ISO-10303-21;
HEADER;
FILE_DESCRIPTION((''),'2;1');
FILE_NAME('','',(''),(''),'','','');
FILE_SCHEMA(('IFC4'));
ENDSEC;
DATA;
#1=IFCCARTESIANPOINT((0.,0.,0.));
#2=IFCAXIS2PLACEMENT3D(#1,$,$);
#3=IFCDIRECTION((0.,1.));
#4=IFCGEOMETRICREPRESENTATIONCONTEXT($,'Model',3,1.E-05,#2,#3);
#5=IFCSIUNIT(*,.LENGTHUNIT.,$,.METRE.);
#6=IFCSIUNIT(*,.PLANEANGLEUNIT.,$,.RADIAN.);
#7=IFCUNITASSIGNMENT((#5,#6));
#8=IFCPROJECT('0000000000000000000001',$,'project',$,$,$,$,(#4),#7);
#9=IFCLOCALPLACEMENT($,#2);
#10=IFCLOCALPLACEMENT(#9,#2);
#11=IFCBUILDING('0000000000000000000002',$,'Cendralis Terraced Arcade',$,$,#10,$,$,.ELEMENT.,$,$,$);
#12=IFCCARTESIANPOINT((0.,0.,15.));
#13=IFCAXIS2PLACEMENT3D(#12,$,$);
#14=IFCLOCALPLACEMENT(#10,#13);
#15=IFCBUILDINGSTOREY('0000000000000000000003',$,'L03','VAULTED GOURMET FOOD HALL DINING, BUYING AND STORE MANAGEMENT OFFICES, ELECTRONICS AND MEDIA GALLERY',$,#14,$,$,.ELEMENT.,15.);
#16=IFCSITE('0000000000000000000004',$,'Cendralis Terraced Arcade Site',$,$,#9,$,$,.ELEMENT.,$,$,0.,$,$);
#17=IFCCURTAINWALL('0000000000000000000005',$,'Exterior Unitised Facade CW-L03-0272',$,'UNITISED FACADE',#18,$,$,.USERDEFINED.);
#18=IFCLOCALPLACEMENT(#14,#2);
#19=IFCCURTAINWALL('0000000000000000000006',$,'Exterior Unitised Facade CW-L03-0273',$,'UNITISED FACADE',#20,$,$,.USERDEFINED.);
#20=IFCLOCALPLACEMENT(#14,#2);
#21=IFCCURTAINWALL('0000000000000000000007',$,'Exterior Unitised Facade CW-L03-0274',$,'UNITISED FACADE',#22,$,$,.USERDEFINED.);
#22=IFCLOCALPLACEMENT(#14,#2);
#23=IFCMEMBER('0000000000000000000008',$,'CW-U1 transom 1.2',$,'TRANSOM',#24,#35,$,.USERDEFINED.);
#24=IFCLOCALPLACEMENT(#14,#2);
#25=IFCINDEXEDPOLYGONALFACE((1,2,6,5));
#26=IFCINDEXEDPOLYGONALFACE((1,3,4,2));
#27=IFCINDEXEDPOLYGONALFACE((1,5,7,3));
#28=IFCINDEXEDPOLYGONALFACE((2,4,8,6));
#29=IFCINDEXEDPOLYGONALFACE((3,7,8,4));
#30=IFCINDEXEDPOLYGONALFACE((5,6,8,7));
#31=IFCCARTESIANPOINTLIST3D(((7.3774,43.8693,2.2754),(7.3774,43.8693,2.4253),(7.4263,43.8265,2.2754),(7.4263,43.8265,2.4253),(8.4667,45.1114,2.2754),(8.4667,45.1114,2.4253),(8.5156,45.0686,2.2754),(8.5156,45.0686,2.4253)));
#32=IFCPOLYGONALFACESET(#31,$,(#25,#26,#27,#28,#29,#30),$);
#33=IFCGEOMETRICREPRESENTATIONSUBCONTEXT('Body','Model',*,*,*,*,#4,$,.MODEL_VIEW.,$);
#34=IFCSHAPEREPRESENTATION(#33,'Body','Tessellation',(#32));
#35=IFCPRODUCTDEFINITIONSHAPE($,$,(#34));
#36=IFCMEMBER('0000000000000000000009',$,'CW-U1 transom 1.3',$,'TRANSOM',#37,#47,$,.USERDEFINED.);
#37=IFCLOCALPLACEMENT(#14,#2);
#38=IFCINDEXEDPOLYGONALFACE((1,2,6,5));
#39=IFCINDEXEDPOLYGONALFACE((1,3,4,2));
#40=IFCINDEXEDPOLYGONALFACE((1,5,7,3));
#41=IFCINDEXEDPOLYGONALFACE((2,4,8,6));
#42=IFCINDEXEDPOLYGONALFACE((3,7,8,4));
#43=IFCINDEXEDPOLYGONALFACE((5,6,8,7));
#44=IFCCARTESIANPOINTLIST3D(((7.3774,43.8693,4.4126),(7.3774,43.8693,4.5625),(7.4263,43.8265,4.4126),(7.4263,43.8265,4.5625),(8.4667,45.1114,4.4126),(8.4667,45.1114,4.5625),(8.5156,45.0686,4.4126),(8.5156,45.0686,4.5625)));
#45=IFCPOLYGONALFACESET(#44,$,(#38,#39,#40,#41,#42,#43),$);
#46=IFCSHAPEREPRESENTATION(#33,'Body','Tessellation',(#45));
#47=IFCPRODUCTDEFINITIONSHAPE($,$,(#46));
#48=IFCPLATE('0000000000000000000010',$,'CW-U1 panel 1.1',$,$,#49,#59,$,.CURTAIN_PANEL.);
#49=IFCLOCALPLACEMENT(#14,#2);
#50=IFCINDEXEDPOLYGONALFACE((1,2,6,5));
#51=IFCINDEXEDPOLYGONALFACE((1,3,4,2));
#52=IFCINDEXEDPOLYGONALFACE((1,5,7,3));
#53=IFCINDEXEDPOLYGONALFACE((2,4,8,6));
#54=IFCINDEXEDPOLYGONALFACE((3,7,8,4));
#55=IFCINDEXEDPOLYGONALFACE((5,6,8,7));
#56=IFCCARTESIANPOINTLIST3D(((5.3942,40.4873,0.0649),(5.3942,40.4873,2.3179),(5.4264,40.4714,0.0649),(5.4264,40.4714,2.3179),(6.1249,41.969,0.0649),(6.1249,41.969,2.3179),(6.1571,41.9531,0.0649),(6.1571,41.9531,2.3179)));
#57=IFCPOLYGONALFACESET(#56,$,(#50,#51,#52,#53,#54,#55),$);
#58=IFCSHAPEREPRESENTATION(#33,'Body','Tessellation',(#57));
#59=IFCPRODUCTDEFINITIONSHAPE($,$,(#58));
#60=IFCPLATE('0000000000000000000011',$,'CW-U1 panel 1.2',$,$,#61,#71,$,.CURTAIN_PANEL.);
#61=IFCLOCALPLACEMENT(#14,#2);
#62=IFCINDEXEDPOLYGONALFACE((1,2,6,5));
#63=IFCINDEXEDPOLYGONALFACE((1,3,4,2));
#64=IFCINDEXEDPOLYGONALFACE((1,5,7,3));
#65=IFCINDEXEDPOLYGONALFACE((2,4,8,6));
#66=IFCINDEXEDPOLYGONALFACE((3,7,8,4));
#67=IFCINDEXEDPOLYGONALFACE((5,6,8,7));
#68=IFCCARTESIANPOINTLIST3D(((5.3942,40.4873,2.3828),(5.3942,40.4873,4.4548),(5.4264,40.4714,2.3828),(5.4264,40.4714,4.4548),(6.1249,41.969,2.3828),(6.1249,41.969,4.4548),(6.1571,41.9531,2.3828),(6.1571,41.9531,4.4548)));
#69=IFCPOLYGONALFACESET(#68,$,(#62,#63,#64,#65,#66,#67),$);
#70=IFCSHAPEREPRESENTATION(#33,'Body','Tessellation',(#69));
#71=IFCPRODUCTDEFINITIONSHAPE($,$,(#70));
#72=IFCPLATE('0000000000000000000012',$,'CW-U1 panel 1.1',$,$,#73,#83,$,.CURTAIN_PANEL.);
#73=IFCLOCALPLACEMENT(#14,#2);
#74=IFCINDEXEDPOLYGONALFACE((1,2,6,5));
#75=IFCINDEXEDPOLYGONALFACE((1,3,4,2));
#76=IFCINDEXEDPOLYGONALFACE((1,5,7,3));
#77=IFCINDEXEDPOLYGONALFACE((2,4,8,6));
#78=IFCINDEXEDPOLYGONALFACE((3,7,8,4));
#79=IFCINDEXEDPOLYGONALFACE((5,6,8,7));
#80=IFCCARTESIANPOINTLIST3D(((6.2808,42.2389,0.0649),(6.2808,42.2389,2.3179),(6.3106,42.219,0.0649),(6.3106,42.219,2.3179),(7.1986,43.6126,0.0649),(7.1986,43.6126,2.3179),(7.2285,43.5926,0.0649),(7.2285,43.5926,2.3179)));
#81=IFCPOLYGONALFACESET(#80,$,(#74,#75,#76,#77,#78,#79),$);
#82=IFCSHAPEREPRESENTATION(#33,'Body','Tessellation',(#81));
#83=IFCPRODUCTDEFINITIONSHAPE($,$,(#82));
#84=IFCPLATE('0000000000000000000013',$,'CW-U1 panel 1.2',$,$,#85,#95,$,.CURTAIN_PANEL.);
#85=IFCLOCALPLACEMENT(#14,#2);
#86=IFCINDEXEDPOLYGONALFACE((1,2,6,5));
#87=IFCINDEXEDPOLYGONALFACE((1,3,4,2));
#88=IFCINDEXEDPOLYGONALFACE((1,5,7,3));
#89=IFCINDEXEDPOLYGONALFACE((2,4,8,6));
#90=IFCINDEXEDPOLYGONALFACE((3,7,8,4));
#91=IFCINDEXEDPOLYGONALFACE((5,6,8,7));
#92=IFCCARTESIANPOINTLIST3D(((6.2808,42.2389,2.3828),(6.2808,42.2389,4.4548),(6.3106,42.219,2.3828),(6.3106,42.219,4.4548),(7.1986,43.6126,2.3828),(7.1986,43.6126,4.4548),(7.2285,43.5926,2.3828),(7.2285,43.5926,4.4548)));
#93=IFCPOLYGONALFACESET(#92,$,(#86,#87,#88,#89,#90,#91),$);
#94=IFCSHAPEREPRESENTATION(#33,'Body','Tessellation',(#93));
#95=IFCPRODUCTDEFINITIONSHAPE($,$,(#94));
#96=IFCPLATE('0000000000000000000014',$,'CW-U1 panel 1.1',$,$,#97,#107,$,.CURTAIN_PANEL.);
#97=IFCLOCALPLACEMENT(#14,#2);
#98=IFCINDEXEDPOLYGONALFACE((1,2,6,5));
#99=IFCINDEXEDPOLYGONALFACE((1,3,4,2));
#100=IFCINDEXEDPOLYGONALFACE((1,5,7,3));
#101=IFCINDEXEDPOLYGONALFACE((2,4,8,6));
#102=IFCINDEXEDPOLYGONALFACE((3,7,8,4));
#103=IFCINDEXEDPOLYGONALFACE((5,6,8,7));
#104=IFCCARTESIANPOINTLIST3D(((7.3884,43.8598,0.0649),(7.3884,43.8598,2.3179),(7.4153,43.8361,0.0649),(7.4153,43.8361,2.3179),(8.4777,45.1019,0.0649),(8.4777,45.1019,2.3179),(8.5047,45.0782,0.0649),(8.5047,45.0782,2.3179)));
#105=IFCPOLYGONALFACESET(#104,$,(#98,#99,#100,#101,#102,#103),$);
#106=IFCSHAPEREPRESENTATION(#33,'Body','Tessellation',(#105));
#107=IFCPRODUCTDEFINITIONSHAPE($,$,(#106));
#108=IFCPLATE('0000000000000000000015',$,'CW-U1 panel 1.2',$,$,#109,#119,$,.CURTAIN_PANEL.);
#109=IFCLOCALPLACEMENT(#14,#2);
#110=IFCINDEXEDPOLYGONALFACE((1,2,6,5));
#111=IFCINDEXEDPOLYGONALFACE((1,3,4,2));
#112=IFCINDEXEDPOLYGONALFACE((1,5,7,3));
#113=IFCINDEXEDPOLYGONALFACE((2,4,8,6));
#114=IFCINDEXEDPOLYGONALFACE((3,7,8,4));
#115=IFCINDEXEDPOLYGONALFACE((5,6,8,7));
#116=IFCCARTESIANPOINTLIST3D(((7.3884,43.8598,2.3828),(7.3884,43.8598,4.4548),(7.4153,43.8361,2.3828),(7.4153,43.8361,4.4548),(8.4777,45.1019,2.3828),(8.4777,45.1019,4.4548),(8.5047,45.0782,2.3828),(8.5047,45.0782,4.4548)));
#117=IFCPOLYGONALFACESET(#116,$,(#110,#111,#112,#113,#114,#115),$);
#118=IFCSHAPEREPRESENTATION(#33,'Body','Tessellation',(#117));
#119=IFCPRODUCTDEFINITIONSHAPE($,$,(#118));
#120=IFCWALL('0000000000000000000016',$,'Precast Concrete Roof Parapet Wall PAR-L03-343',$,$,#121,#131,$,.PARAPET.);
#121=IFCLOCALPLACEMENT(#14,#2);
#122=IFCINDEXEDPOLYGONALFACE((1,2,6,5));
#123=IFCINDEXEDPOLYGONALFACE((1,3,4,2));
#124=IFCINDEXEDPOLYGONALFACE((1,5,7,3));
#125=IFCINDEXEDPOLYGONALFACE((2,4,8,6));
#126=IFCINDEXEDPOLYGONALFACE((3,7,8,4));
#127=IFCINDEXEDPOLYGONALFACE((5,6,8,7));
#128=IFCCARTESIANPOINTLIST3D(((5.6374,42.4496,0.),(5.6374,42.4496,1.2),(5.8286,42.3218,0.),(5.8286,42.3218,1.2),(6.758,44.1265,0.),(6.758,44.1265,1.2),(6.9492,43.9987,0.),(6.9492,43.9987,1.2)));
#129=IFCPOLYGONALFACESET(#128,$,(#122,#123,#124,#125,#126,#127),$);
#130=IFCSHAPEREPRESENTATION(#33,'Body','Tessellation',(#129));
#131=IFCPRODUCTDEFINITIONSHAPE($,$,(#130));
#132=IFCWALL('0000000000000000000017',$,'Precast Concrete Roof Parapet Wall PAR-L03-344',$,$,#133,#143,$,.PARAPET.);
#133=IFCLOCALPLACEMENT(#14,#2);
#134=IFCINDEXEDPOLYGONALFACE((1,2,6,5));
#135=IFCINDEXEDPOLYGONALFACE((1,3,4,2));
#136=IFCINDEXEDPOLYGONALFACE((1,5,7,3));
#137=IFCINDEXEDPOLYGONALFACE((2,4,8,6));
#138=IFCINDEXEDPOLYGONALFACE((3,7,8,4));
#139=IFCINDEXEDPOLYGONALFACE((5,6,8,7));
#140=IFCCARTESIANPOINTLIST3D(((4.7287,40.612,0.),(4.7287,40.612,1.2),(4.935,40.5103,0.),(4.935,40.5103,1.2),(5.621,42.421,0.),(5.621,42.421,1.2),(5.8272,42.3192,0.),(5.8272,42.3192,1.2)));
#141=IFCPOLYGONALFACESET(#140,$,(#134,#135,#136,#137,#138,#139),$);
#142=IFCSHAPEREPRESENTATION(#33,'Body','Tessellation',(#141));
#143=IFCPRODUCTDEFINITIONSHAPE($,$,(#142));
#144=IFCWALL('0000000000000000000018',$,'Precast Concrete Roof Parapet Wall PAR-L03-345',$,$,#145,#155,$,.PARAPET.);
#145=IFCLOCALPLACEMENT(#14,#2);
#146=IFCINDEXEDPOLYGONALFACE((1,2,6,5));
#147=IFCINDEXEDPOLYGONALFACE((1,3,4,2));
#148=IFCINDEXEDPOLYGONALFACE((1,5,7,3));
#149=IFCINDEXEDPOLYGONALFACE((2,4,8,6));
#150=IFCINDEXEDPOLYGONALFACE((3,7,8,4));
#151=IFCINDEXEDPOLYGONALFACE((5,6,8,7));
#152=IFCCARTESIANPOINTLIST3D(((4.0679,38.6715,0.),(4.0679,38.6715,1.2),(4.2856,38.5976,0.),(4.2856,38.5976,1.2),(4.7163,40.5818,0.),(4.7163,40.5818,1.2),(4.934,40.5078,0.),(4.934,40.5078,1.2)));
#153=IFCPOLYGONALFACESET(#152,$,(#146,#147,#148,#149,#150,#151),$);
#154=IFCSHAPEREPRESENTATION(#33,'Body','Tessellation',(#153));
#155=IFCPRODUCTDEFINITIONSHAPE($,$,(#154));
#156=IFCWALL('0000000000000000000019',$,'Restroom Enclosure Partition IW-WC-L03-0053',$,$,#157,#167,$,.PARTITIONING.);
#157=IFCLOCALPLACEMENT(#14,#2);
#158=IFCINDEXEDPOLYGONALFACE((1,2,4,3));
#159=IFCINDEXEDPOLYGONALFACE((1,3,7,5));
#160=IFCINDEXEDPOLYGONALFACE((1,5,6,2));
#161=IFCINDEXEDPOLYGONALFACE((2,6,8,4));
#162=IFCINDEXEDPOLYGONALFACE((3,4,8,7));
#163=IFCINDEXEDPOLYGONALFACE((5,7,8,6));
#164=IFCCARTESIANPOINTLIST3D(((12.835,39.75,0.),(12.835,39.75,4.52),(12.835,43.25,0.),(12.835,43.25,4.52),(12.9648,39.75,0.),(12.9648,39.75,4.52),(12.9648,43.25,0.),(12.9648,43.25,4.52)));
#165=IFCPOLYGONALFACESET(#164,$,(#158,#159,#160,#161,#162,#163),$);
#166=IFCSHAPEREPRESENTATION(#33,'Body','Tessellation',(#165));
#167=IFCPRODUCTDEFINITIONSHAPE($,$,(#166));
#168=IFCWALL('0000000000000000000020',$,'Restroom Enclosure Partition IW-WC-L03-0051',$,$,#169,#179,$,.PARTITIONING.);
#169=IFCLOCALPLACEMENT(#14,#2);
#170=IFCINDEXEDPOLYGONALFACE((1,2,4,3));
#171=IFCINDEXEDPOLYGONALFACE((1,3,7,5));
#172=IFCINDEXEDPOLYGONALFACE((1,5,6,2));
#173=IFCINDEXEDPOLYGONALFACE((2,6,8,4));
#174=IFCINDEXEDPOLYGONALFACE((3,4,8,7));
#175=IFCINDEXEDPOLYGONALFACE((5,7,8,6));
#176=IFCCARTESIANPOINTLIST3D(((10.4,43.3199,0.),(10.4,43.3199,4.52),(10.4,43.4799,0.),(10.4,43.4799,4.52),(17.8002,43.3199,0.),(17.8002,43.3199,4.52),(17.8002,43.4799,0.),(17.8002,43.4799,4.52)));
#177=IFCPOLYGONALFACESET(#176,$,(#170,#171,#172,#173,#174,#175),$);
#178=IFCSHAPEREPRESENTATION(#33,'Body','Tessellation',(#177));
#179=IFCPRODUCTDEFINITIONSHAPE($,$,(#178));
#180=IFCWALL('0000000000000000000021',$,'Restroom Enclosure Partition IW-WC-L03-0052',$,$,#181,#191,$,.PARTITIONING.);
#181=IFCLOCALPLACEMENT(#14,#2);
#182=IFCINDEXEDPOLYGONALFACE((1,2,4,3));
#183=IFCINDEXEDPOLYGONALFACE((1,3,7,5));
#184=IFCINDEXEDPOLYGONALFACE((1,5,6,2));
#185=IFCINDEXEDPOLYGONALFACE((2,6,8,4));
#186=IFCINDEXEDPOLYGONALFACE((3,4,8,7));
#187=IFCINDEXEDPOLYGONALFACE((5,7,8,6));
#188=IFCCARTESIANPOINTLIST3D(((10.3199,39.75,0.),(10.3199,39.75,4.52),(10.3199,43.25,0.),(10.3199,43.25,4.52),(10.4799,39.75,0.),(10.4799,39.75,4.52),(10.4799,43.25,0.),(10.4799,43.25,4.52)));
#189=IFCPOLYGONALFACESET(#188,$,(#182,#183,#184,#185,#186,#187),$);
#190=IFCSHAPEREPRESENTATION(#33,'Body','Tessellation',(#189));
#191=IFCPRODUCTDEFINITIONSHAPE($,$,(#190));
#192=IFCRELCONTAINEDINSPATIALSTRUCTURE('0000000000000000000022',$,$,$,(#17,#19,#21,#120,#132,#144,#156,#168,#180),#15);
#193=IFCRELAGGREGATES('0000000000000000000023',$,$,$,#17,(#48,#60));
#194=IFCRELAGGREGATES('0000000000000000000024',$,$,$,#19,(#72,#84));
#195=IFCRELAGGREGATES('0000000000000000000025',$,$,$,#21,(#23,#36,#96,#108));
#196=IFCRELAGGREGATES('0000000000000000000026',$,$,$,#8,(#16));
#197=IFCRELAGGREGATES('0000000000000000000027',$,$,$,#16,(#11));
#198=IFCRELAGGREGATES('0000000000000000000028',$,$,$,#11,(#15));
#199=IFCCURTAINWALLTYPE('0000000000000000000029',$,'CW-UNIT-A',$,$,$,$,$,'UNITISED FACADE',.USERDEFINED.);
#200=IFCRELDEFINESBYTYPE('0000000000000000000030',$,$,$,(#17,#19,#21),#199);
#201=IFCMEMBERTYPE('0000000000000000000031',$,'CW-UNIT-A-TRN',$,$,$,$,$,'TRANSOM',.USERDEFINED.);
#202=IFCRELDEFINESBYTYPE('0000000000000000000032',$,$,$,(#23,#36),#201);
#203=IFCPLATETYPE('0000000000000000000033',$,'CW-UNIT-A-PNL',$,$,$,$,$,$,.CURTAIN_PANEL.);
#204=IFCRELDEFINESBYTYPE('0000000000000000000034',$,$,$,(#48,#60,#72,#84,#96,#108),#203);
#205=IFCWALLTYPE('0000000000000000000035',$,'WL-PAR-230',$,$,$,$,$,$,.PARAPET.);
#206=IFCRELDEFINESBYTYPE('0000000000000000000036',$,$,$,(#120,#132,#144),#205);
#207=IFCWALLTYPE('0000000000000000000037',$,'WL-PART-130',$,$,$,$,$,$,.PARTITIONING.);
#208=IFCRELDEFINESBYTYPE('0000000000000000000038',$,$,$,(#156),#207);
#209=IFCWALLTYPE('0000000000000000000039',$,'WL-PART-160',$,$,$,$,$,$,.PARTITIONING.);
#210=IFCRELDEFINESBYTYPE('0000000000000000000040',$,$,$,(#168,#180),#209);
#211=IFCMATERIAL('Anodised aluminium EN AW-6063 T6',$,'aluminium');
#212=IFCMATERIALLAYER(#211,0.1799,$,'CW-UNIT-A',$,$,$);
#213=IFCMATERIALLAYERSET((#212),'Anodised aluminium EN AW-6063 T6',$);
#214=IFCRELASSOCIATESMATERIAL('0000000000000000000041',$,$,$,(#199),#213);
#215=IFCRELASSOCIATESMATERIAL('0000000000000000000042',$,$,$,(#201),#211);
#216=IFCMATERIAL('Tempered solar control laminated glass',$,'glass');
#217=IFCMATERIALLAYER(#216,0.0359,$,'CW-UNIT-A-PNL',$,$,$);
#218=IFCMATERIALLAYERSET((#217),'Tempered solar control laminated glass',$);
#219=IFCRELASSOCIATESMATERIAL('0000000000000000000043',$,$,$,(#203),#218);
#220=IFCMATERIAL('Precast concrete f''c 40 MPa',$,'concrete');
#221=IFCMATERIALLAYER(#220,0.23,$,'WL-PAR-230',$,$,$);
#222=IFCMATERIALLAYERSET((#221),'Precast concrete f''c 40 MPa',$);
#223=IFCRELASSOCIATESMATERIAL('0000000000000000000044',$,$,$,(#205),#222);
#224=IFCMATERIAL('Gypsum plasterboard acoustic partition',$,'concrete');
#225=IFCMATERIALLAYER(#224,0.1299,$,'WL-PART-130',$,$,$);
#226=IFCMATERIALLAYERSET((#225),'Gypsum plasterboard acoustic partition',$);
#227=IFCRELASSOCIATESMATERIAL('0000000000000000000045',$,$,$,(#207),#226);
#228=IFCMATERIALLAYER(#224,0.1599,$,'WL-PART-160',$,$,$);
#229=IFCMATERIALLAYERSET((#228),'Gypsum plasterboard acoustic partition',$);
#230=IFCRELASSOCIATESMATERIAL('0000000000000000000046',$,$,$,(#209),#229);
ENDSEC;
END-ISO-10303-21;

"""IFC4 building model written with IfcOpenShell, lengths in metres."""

from ifc_helpers import new_model, si_unit, direction, frame, frame_2d, origin, origin_2d, place, context, subcontext, project, spatial, rectangle, extrude, material, layer, layer_set, material_profile, profile_set, type_object, element, aggregate, save


model = new_model("IFC4")

# Units and contexts
model_context = context("Model", 3, precision=1e-05, world=origin(), true_north=direction((0.0, 1.0)))
body_context = subcontext(model_context, "Body", "Model", "MODEL_VIEW")
ifc_project = project(units=[si_unit("LENGTHUNIT", "METRE"), si_unit("PLANEANGLEUNIT", "RADIAN")], contexts=[model_context])

# Site, building, storey
site_placement = place(None, origin())
site = spatial("IfcSite", under=ifc_project, at=site_placement, Name="Cendralis Terraced Arcade Site", CompositionType="ELEMENT", RefElevation=0.0)
building_placement = place(site_placement, origin())
building = spatial("IfcBuilding", under=site, at=building_placement, Name="Cendralis Terraced Arcade", CompositionType="ELEMENT")
storey_placement = place(building_placement, frame((0.0, 0.0, 15.0)))
storey = spatial("IfcBuildingStorey", under=building, at=storey_placement, Name="L03", Description="VAULTED GOURMET FOOD HALL DINING, BUYING AND STORE MANAGEMENT OFFICES, ELECTRONICS AND MEDIA GALLERY", CompositionType="ELEMENT", Elevation=15.0)

# Shared definitions
ifc_material_1 = material(Name="Anodised aluminium EN AW-6063 T6", Category="aluminium")
ifc_layer_1 = layer(ifc_material_1, 0.1799, Name="CW-UNIT-A")
ifc_layer_set_1 = layer_set([ifc_layer_1], Name="Anodised aluminium EN AW-6063 T6")
curtain_wall_type = type_object("IfcCurtainWallType", Name="CW-UNIT-A", ElementType="UNITISED FACADE", PredefinedType="USERDEFINED", material=ifc_layer_set_1)

# Curtain walls
curtain_wall_1_placement = place(storey_placement, origin())
curtain_wall_1 = element("IfcCurtainWall", 1, at=curtain_wall_1_placement, inside=storey, type_object=curtain_wall_type, Name="Exterior Unitised Facade CW-L03-0272", ObjectType="UNITISED FACADE", PredefinedType="USERDEFINED")
curtain_wall_2_placement = place(storey_placement, origin())
curtain_wall_2 = element("IfcCurtainWall", 2, at=curtain_wall_2_placement, inside=storey, type_object=curtain_wall_type, Name="Exterior Unitised Facade CW-L03-0273", ObjectType="UNITISED FACADE", PredefinedType="USERDEFINED")
curtain_wall_3_placement = place(storey_placement, origin())
curtain_wall_3 = element("IfcCurtainWall", 3, at=curtain_wall_3_placement, inside=storey, type_object=curtain_wall_type, Name="Exterior Unitised Facade CW-L03-0274", ObjectType="UNITISED FACADE", PredefinedType="USERDEFINED")

# Members
ifc_material_profile_1 = material_profile(ifc_material_1, rectangle(XDim=0.0649, YDim=0.1499, at=origin_2d()), Name="ALU-TRN-65x150")
ifc_profile_set_1 = profile_set([ifc_material_profile_1], Name="Anodised aluminium EN AW-6063 T6")
member_type_1 = type_object("IfcMemberType", Name="CW-UNIT-A-TRN", ElementType="TRANSOM", PredefinedType="USERDEFINED", material=ifc_profile_set_1)
member_1_placement = place(storey_placement, frame((7.4019, 43.8479, 2.3503), z_axis=(0.659341, 0.751844, 0.0), x_axis=(-0.751844, 0.659341, 0.0)))
member_1 = element("IfcMember", 4, at=member_1_placement, type_object=member_type_1, Name="CW-U1 transom 1.2", ObjectType="TRANSOM", PredefinedType="USERDEFINED", context=body_context, shape_type="SweptSolid", body=[
    extrude(rectangle(XDim=0.0649, YDim=0.1499, at=origin_2d()), origin(), (0.0, 0.0, 1.0), 1.6521),
])
member_2_placement = place(storey_placement, frame((7.4019, 43.8479, 4.4875), z_axis=(0.659341, 0.751844, 0.0), x_axis=(-0.751844, 0.659341, 0.0)))
member_2 = element("IfcMember", 5, at=member_2_placement, type_object=member_type_1, Name="CW-U1 transom 1.3", ObjectType="TRANSOM", PredefinedType="USERDEFINED", context=body_context, shape_type="SweptSolid", body=[
    extrude(rectangle(XDim=0.0649, YDim=0.1499, at=origin_2d()), origin(), (0.0, 0.0, 1.0), 1.6521),
])

# Plates
ifc_material_2 = material(Name="Tempered solar control laminated glass", Category="glass")
ifc_layer_2 = layer(ifc_material_2, 0.0359, Name="CW-UNIT-A-PNL")
ifc_layer_set_2 = layer_set([ifc_layer_2], Name="Tempered solar control laminated glass")
plate_type = type_object("IfcPlateType", Name="CW-UNIT-A-PNL", PredefinedType="CURTAIN_PANEL", material=ifc_layer_set_2)
plate_1_placement = place(storey_placement, frame((5.7756, 41.2202, 0.0649), z_axis=(0.0, 0.0, 1.0), x_axis=(0.442291, 0.896871, 0.0)))
plate_1 = element("IfcPlate", 6, at=plate_1_placement, type_object=plate_type, Name="CW-U1 panel 1.1", PredefinedType="CURTAIN_PANEL", context=body_context, shape_type="SweptSolid", body=[
    extrude(rectangle(XDim=1.6521, YDim=0.0359, at=origin_2d()), origin(), (0.0, 0.0, 1.0), 2.2529),
])
plate_2_placement = place(storey_placement, frame((5.7756, 41.2202, 2.3828), z_axis=(0.0, 0.0, 1.0), x_axis=(0.442291, 0.896871, 0.0)))
plate_2 = element("IfcPlate", 7, at=plate_2_placement, type_object=plate_type, Name="CW-U1 panel 1.2", PredefinedType="CURTAIN_PANEL", context=body_context, shape_type="SweptSolid", body=[
    extrude(rectangle(XDim=1.6521, YDim=0.0359, at=origin_2d()), origin(), (0.0, 0.0, 1.0), 2.072),
])
aggregate(curtain_wall_1, [plate_1, plate_2])
plate_3_placement = place(storey_placement, frame((6.7546, 42.9158, 0.0649), z_axis=(0.0, 0.0, 1.0), x_axis=(0.555567, 0.831471, 0.0)))
plate_3 = element("IfcPlate", 8, at=plate_3_placement, type_object=plate_type, Name="CW-U1 panel 1.1", PredefinedType="CURTAIN_PANEL", context=body_context, shape_type="SweptSolid", body=[
    extrude(rectangle(XDim=1.6521, YDim=0.0359, at=origin_2d()), origin(), (0.0, 0.0, 1.0), 2.2529),
])
plate_4_placement = place(storey_placement, frame((6.7546, 42.9158, 2.3828), z_axis=(0.0, 0.0, 1.0), x_axis=(0.555567, 0.831471, 0.0)))
plate_4 = element("IfcPlate", 9, at=plate_4_placement, type_object=plate_type, Name="CW-U1 panel 1.2", PredefinedType="CURTAIN_PANEL", context=body_context, shape_type="SweptSolid", body=[
    extrude(rectangle(XDim=1.6521, YDim=0.0359, at=origin_2d()), origin(), (0.0, 0.0, 1.0), 2.072),
])
aggregate(curtain_wall_2, [plate_3, plate_4])
plate_5_placement = place(storey_placement, frame((7.9465, 44.469, 0.0649), z_axis=(0.0, 0.0, 1.0), x_axis=(0.659386, 0.751804, 0.0)))
plate_5 = element("IfcPlate", 10, at=plate_5_placement, type_object=plate_type, Name="CW-U1 panel 1.1", PredefinedType="CURTAIN_PANEL", context=body_context, shape_type="SweptSolid", body=[
    extrude(rectangle(XDim=1.6521, YDim=0.0359, at=origin_2d()), origin(), (0.0, 0.0, 1.0), 2.2529),
])
plate_6_placement = place(storey_placement, frame((7.9465, 44.469, 2.3828), z_axis=(0.0, 0.0, 1.0), x_axis=(0.659386, 0.751804, 0.0)))
plate_6 = element("IfcPlate", 11, at=plate_6_placement, type_object=plate_type, Name="CW-U1 panel 1.2", PredefinedType="CURTAIN_PANEL", context=body_context, shape_type="SweptSolid", body=[
    extrude(rectangle(XDim=1.6521, YDim=0.0359, at=origin_2d()), origin(), (0.0, 0.0, 1.0), 2.072),
])
aggregate(curtain_wall_3, [member_1, member_2, plate_5, plate_6])

# Walls
ifc_material_3 = material(Name="Precast concrete f'c 40 MPa", Category="concrete")
ifc_layer_3 = layer(ifc_material_3, 0.23, Name="WL-PAR-230")
ifc_layer_set_3 = layer_set([ifc_layer_3], Name="Precast concrete f'c 40 MPa")
wall_type_1 = type_object("IfcWallType", Name="WL-PAR-230", PredefinedType="PARAPET", material=ifc_layer_set_3)
wall_1_placement = place(storey_placement, frame((6.8535, 44.0625, 0.0), z_axis=(0.0, 0.0, 1.0), x_axis=(-0.555594, -0.831454, 0.0)))
element("IfcWall", 12, at=wall_1_placement, inside=storey, type_object=wall_type_1, Name="Precast Concrete Roof Parapet Wall PAR-L03-343", PredefinedType="PARAPET", context=body_context, shape_type="SweptSolid", body=[
    extrude(rectangle(XDim=2.0168, YDim=0.23, at=frame_2d((1.0083, 0.0))), origin(), (0.0, 0.0, 1.0), 1.2),
])
wall_2_placement = place(storey_placement, frame((5.7241, 42.3701, 0.0), z_axis=(0.0, 0.0, 1.0), x_axis=(-0.442366, -0.896835, 0.0)))
element("IfcWall", 13, at=wall_2_placement, inside=storey, type_object=wall_type_1, Name="Precast Concrete Roof Parapet Wall PAR-L03-344", PredefinedType="PARAPET", context=body_context, shape_type="SweptSolid", body=[
    extrude(rectangle(XDim=2.0171, YDim=0.23, at=frame_2d((1.0085, 0.0))), origin(), (0.0, 0.0, 1.0), 1.2),
])
wall_3_placement = place(storey_placement, frame((4.8252, 40.5449, 0.0), z_axis=(0.0, 0.0, 1.0), x_axis=(-0.321415, -0.946939, 0.0)))
element("IfcWall", 14, at=wall_3_placement, inside=storey, type_object=wall_type_1, Name="Precast Concrete Roof Parapet Wall PAR-L03-345", PredefinedType="PARAPET", context=body_context, shape_type="SweptSolid", body=[
    extrude(rectangle(XDim=2.0173, YDim=0.23, at=frame_2d((1.0088, 0.0))), origin(), (0.0, 0.0, 1.0), 1.2),
])
ifc_material_4 = material(Name="Gypsum plasterboard acoustic partition", Category="concrete")
ifc_layer_4 = layer(ifc_material_4, 0.1299, Name="WL-PART-130")
ifc_layer_set_4 = layer_set([ifc_layer_4], Name="Gypsum plasterboard acoustic partition")
wall_type_2 = type_object("IfcWallType", Name="WL-PART-130", PredefinedType="PARTITIONING", material=ifc_layer_set_4)
wall_4_placement = place(storey_placement, frame((12.8999, 39.75, 0.0), z_axis=(0.0, 0.0, 1.0), x_axis=(0.0, 1.0, 0.0)))
element("IfcWall", 15, at=wall_4_placement, inside=storey, type_object=wall_type_2, Name="Restroom Enclosure Partition IW-WC-L03-0053", PredefinedType="PARTITIONING", context=body_context, shape_type="SweptSolid", body=[
    extrude(rectangle(XDim=3.5, YDim=0.1299, at=frame_2d((1.75, 0.0))), origin(), (0.0, 0.0, 1.0), 4.52),
])
ifc_layer_5 = layer(ifc_material_4, 0.1599, Name="WL-PART-160")
ifc_layer_set_5 = layer_set([ifc_layer_5], Name="Gypsum plasterboard acoustic partition")
wall_type_3 = type_object("IfcWallType", Name="WL-PART-160", PredefinedType="PARTITIONING", material=ifc_layer_set_5)
wall_5_placement = place(storey_placement, frame((10.3999, 43.3999, 0.0), z_axis=(0.0, 0.0, 1.0), x_axis=(1.0, 0.0, 0.0)))
element("IfcWall", 16, at=wall_5_placement, inside=storey, type_object=wall_type_3, Name="Restroom Enclosure Partition IW-WC-L03-0051", PredefinedType="PARTITIONING", context=body_context, shape_type="SweptSolid", body=[
    extrude(rectangle(XDim=7.4001, YDim=0.1599, at=frame_2d((3.7002, 0.0))), origin(), (0.0, 0.0, 1.0), 4.52),
])
wall_6_placement = place(storey_placement, frame((10.3999, 39.75, 0.0), z_axis=(0.0, 0.0, 1.0), x_axis=(0.0, 1.0, 0.0)))
element("IfcWall", 17, at=wall_6_placement, inside=storey, type_object=wall_type_3, Name="Restroom Enclosure Partition IW-WC-L03-0052", PredefinedType="PARTITIONING", context=body_context, shape_type="SweptSolid", body=[
    extrude(rectangle(XDim=3.5, YDim=0.1599, at=frame_2d((1.75, 0.0))), origin(), (0.0, 0.0, 1.0), 4.52),
])

save(model, "model.ifc")
